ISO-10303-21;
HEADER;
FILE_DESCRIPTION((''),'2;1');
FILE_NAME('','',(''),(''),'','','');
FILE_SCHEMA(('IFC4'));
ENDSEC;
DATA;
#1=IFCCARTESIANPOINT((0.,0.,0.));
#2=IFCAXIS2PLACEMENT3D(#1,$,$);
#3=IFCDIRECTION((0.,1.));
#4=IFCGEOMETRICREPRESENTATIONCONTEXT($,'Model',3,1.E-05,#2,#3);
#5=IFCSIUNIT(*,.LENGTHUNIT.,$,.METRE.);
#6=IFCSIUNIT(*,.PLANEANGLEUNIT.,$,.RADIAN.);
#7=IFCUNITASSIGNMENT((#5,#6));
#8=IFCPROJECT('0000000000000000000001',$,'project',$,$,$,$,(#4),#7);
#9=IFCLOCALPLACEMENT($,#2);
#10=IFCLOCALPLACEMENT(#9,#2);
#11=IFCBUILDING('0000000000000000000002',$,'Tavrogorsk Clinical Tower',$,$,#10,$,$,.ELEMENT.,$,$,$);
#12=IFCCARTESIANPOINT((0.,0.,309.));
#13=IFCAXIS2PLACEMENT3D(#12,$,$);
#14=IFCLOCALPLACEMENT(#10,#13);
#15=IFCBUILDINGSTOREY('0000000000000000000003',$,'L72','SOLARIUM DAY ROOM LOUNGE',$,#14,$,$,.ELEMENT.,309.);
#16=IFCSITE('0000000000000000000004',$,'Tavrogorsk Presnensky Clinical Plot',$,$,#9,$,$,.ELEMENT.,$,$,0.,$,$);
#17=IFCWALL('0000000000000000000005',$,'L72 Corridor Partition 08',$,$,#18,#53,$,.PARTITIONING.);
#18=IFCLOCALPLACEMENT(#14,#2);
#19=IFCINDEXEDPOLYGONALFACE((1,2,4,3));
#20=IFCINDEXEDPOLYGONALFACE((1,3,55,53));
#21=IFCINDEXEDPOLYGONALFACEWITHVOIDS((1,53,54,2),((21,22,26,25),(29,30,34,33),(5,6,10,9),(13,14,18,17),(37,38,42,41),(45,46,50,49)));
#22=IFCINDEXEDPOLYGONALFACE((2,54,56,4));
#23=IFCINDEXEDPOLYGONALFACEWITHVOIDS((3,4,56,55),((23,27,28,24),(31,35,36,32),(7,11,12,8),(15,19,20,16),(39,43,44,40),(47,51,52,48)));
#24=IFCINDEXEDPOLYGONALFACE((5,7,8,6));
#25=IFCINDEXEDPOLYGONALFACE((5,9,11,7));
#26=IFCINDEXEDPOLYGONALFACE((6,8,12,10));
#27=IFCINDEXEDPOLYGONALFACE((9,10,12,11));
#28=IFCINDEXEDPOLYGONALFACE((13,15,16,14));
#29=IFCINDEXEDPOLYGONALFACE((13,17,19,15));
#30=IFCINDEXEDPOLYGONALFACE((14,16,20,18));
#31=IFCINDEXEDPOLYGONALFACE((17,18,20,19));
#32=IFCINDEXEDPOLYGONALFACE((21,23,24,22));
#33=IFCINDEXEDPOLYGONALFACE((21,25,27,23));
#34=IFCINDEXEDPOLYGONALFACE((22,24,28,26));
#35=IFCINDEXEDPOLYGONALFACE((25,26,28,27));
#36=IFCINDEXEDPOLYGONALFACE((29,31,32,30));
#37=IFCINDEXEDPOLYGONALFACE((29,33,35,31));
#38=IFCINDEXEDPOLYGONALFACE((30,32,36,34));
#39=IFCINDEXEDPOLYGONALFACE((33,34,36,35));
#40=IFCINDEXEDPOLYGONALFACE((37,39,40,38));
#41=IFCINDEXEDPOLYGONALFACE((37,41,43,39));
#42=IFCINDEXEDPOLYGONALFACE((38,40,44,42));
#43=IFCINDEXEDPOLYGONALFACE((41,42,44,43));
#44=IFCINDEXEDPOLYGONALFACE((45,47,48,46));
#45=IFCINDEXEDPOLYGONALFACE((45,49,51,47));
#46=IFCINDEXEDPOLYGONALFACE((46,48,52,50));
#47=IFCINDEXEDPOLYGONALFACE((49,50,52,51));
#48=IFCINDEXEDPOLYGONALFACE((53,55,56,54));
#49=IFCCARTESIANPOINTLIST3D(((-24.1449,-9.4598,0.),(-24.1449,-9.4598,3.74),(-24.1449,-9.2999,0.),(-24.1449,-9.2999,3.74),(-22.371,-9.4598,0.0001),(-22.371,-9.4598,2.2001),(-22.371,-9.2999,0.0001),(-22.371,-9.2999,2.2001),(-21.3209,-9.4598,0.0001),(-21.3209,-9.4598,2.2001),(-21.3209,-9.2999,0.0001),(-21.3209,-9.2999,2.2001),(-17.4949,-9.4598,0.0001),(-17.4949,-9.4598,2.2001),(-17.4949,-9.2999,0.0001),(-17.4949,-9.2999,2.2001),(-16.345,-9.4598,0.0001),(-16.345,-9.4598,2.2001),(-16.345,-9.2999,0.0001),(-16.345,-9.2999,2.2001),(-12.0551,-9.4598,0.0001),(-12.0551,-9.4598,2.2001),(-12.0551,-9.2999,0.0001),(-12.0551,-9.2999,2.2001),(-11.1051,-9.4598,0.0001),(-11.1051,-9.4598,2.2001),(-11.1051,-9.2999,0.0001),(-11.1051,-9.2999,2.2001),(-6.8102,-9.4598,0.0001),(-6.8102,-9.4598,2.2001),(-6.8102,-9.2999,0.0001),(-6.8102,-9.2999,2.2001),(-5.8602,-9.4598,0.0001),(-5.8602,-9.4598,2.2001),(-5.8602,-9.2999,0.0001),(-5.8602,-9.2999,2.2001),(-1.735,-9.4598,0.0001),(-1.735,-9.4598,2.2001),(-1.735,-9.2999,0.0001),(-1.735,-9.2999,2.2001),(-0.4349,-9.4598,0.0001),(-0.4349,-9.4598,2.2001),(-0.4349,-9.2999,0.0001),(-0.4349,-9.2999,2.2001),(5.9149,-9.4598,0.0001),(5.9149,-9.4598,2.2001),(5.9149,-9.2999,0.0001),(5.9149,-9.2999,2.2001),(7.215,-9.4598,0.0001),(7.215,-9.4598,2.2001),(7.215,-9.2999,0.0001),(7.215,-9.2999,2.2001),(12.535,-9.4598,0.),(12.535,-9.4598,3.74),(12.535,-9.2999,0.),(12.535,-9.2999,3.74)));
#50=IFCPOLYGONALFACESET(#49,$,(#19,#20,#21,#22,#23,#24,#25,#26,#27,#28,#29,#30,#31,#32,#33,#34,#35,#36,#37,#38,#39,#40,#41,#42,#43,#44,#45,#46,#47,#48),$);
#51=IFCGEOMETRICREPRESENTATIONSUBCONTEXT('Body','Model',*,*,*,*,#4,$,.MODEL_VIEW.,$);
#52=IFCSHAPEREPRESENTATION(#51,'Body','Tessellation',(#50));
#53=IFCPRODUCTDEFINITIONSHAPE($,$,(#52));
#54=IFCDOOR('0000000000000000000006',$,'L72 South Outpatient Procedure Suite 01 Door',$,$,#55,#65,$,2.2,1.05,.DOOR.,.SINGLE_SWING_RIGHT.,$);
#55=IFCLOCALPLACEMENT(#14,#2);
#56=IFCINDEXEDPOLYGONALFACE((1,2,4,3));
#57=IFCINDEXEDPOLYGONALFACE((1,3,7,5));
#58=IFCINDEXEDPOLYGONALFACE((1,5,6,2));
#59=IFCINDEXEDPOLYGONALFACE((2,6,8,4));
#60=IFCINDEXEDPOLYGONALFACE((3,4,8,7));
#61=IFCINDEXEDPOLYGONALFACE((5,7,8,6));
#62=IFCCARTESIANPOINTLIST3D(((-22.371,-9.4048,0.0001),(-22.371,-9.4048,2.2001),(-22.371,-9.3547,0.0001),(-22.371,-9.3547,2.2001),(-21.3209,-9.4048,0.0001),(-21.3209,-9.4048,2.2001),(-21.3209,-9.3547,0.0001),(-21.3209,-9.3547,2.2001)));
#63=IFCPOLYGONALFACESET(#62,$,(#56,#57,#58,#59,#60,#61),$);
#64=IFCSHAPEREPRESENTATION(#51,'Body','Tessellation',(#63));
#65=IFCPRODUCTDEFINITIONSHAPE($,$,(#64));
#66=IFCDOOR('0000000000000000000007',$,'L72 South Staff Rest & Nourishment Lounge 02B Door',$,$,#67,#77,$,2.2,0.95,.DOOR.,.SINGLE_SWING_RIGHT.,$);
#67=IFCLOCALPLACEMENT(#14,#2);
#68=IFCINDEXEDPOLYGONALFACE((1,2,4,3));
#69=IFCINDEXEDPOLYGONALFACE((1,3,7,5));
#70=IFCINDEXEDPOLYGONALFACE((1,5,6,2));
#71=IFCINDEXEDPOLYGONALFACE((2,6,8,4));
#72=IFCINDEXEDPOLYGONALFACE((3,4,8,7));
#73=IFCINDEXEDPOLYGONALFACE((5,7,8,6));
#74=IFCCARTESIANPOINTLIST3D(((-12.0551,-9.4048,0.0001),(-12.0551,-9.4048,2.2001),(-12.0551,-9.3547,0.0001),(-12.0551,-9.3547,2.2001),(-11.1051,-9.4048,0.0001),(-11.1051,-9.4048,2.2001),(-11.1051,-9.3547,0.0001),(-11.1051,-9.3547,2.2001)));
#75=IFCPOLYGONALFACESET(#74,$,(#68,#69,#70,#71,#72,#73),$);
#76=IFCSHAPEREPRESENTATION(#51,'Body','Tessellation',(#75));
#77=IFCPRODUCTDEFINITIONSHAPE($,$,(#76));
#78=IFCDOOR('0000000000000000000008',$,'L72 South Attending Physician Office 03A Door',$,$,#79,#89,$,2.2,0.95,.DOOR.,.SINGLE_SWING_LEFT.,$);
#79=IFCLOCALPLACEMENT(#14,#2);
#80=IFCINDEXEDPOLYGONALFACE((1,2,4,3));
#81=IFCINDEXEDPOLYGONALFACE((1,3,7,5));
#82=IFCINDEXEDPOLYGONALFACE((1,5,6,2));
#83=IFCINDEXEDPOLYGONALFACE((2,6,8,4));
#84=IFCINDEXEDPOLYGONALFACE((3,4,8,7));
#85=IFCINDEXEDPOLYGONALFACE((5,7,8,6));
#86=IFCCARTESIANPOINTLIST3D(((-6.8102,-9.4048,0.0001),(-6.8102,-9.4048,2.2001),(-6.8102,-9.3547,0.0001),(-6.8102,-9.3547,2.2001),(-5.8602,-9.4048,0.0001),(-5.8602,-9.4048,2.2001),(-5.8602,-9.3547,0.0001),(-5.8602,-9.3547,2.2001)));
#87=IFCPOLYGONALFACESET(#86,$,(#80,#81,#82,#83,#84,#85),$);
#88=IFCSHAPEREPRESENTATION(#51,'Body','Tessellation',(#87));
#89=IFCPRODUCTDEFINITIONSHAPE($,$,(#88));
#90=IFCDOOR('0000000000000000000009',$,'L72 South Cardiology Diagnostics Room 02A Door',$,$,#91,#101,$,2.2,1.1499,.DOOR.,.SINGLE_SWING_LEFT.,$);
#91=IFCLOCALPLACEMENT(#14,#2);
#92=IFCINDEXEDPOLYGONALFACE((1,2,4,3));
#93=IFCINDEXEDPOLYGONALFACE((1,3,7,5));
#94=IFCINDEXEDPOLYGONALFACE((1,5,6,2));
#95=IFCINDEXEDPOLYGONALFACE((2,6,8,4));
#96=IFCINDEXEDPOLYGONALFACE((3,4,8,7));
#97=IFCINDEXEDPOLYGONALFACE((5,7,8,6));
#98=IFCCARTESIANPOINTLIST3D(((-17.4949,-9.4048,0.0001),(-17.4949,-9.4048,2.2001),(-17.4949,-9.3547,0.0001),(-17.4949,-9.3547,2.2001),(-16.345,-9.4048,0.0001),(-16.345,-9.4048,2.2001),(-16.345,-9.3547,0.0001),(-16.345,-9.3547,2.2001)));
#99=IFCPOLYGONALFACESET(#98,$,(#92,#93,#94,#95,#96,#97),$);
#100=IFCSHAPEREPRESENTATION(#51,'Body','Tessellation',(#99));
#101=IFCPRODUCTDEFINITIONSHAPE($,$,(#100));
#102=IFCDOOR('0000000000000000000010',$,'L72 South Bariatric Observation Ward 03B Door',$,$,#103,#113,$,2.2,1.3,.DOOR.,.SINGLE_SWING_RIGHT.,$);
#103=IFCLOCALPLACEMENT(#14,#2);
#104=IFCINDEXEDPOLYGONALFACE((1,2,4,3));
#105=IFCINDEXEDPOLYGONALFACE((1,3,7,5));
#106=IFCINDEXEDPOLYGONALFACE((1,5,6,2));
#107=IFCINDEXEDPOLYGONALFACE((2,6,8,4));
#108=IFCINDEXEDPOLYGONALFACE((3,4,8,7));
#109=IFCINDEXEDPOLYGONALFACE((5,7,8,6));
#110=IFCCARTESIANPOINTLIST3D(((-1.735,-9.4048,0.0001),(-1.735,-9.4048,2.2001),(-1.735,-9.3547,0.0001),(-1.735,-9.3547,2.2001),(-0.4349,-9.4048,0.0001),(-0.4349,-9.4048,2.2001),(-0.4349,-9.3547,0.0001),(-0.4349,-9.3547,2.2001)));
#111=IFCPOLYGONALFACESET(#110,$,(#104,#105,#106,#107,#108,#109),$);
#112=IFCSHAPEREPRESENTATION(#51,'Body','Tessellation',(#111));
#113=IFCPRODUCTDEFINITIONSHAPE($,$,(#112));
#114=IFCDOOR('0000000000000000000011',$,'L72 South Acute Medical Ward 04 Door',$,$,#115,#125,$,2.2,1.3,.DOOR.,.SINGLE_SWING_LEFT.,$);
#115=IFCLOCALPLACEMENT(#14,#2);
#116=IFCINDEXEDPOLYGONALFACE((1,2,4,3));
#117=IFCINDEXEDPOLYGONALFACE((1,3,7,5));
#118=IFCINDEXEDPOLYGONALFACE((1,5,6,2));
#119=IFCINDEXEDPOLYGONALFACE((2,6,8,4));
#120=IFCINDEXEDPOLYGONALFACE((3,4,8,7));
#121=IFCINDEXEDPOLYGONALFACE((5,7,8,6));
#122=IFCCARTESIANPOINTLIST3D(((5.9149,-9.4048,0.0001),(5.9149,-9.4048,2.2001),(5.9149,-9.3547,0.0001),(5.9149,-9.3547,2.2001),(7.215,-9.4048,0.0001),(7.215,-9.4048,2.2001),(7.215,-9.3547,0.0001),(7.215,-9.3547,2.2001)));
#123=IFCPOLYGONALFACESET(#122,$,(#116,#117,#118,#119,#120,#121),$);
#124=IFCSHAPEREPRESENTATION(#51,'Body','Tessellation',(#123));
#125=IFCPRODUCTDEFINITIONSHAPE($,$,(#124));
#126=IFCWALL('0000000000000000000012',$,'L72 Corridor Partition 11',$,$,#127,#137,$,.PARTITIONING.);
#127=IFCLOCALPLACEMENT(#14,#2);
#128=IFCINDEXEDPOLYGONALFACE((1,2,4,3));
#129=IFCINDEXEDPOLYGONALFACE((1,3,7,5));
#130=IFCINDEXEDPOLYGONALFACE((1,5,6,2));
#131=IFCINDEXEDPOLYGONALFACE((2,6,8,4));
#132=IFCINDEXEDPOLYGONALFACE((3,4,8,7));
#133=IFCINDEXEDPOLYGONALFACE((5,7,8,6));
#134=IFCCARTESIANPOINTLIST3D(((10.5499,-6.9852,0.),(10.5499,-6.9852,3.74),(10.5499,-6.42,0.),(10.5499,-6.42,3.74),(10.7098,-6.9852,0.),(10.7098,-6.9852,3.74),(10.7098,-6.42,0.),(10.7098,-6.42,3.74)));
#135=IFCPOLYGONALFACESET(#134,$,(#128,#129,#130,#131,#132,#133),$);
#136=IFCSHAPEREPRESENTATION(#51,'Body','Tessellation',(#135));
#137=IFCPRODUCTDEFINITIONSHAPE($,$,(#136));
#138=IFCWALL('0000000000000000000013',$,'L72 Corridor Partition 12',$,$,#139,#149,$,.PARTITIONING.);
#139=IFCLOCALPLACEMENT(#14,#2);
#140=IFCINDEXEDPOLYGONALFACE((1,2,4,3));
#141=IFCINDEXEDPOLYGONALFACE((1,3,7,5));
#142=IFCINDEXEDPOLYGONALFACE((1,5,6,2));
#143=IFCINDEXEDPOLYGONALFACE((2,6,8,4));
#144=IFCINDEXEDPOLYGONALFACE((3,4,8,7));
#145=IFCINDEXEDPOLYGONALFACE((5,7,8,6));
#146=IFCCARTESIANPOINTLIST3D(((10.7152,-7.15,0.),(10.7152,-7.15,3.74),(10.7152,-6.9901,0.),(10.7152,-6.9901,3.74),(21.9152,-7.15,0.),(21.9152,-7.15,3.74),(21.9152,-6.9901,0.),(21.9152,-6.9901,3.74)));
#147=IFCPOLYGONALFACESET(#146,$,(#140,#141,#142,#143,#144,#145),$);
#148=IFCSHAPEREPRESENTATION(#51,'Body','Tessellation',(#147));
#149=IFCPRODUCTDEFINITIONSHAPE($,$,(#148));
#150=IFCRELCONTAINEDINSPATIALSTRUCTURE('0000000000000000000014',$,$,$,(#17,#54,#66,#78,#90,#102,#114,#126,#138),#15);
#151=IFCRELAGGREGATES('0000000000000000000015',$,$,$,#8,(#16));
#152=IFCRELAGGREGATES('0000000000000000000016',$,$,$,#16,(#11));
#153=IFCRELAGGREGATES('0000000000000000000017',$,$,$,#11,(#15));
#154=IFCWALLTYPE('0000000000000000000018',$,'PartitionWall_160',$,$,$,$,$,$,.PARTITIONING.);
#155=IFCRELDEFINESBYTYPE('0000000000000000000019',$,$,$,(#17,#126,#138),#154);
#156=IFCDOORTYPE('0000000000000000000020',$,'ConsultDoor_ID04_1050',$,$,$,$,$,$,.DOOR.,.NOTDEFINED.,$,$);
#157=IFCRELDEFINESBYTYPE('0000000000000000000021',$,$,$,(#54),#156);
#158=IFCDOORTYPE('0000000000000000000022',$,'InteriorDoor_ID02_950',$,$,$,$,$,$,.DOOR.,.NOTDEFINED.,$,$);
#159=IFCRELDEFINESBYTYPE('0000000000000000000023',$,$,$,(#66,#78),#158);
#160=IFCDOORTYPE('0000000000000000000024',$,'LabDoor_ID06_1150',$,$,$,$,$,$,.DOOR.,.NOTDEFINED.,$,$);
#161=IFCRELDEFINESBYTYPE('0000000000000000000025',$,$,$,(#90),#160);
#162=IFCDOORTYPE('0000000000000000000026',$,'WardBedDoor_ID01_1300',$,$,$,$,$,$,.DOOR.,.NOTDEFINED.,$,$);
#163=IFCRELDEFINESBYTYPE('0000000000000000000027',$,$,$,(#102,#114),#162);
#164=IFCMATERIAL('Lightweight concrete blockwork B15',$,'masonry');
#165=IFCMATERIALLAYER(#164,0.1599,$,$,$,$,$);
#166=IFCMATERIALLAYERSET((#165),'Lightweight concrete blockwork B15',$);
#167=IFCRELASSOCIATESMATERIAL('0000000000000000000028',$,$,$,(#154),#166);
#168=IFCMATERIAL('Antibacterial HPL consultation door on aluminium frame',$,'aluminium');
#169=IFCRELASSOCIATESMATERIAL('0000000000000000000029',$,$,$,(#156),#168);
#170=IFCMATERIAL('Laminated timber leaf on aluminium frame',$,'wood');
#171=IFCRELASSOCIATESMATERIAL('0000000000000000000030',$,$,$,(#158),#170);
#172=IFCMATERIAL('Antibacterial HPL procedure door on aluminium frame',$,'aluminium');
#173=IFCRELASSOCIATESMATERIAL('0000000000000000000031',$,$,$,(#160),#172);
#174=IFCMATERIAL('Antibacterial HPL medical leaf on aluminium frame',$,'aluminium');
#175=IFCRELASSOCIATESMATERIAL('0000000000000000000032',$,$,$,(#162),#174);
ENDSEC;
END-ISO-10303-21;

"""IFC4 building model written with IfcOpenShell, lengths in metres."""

from ifc_helpers import new_model, si_unit, direction, frame, frame_2d, origin, place, context, subcontext, project, spatial, rectangle, extrude, material, layer, layer_set, type_object, element, fill, save


model = new_model("IFC4")

# Units and contexts
model_context = context("Model", 3, precision=1e-05, world=origin(), true_north=direction((0.0, 1.0)))
body_context = subcontext(model_context, "Body", "Model", "MODEL_VIEW")
ifc_project = project(units=[si_unit("LENGTHUNIT", "METRE"), si_unit("PLANEANGLEUNIT", "RADIAN")], contexts=[model_context])

# Site, building, storey
site_placement = place(None, origin())
site = spatial("IfcSite", under=ifc_project, at=site_placement, Name="Tavrogorsk Presnensky Clinical Plot", CompositionType="ELEMENT", RefElevation=0.0)
building_placement = place(site_placement, origin())
building = spatial("IfcBuilding", under=site, at=building_placement, Name="Tavrogorsk Clinical Tower", CompositionType="ELEMENT")
storey_placement = place(building_placement, frame((0.0, 0.0, 309.0)))
storey = spatial("IfcBuildingStorey", under=building, at=storey_placement, Name="L72", Description="SOLARIUM DAY ROOM LOUNGE", CompositionType="ELEMENT", Elevation=309.0)

# Shared definitions
ifc_material_1 = material(Name="Lightweight concrete blockwork B15", Category="masonry")
ifc_layer_1 = layer(ifc_material_1, 0.1599)
ifc_layer_set_1 = layer_set([ifc_layer_1], Name="Lightweight concrete blockwork B15")
wall_type_1 = type_object("IfcWallType", Name="PartitionWall_160", PredefinedType="PARTITIONING", material=ifc_layer_set_1)

# Wall, openings, doors
wall_1_placement = place(storey_placement, frame((12.5349, -9.3799, 0.0), z_axis=(0.0, 0.0, 1.0), x_axis=(-1.0, 0.0, 0.0)))
wall_1 = element("IfcWall", 1, at=wall_1_placement, inside=storey, type_object=wall_type_1, Name="L72 Corridor Partition 08", PredefinedType="PARTITIONING", context=body_context, shape_type="SweptSolid", body=[
    extrude(rectangle(XDim=36.6799, YDim=0.1599, at=frame_2d((18.3398, 0.0))), origin(), (0.0, 0.0, 1.0), 3.74),
])
opening_1_placement = place(wall_1_placement, frame((33.856, 0.0, 0.0)))
opening_1 = element("IfcOpeningElement", 2, at=opening_1_placement, cuts=wall_1, PredefinedType="OPENING", context=body_context, shape_type="SweptSolid", body=[
    extrude(rectangle(XDim=1.05, YDim=2.2, at=frame_2d((0.5249, 1.1001))), frame((0.0, 0.0898, 0.0), z_axis=(0.0, -1.0, 0.0), x_axis=(1.0, 0.0, 0.0)), (0.0, 0.0, 1.0), 0.1799),
])
opening_2_placement = place(wall_1_placement, frame((28.8799, 0.0, 0.0)))
opening_2 = element("IfcOpeningElement", 3, at=opening_2_placement, cuts=wall_1, PredefinedType="OPENING", context=body_context, shape_type="SweptSolid", body=[
    extrude(rectangle(XDim=1.1499, YDim=2.2, at=frame_2d((0.575, 1.1001))), frame((0.0, 0.0898, 0.0), z_axis=(0.0, -1.0, 0.0), x_axis=(1.0, 0.0, 0.0)), (0.0, 0.0, 1.0), 0.1799),
])
opening_3_placement = place(wall_1_placement, frame((23.6399, 0.0, 0.0)))
opening_3 = element("IfcOpeningElement", 4, at=opening_3_placement, cuts=wall_1, PredefinedType="OPENING", context=body_context, shape_type="SweptSolid", body=[
    extrude(rectangle(XDim=0.95, YDim=2.2, at=frame_2d((0.4751, 1.1001))), frame((0.0, 0.0898, 0.0), z_axis=(0.0, -1.0, 0.0), x_axis=(1.0, 0.0, 0.0)), (0.0, 0.0, 1.0), 0.1799),
])
opening_4_placement = place(wall_1_placement, frame((18.395, 0.0, 0.0)))
opening_4 = element("IfcOpeningElement", 5, at=opening_4_placement, cuts=wall_1, PredefinedType="OPENING", context=body_context, shape_type="SweptSolid", body=[
    extrude(rectangle(XDim=0.95, YDim=2.2, at=frame_2d((0.4751, 1.1001))), frame((0.0, 0.0898, 0.0), z_axis=(0.0, -1.0, 0.0), x_axis=(1.0, 0.0, 0.0)), (0.0, 0.0, 1.0), 0.1799),
])
opening_5_placement = place(wall_1_placement, frame((12.97, 0.0, 0.0)))
opening_5 = element("IfcOpeningElement", 6, at=opening_5_placement, cuts=wall_1, PredefinedType="OPENING", context=body_context, shape_type="SweptSolid", body=[
    extrude(rectangle(XDim=1.3, YDim=2.2, at=frame_2d((0.6499, 1.1001))), frame((0.0, 0.0898, 0.0), z_axis=(0.0, -1.0, 0.0), x_axis=(1.0, 0.0, 0.0)), (0.0, 0.0, 1.0), 0.1799),
])
opening_6_placement = place(wall_1_placement, frame((5.3201, 0.0, 0.0)))
opening_6 = element("IfcOpeningElement", 7, at=opening_6_placement, cuts=wall_1, PredefinedType="OPENING", context=body_context, shape_type="SweptSolid", body=[
    extrude(rectangle(XDim=1.3, YDim=2.2, at=frame_2d((0.6499, 1.1001))), frame((0.0, 0.0898, 0.0), z_axis=(0.0, -1.0, 0.0), x_axis=(1.0, 0.0, 0.0)), (0.0, 0.0, 1.0), 0.1799),
])
ifc_material_2 = material(Name="Antibacterial HPL consultation door on aluminium frame", Category="aluminium")
door_type_1 = type_object("IfcDoorType", Name="ConsultDoor_ID04_1050", OperationType="NOTDEFINED", PredefinedType="DOOR", material=ifc_material_2)
door_1_placement = place(opening_1_placement, origin())
door_1 = element("IfcDoor", 8, at=door_1_placement, inside=storey, type_object=door_type_1, Name="L72 South Outpatient Procedure Suite 01 Door", OperationType="SINGLE_SWING_RIGHT", OverallHeight=2.2, OverallWidth=1.05, PredefinedType="DOOR", context=body_context, shape_type="SweptSolid", body=[
    extrude(rectangle(XDim=1.05, YDim=2.2, at=frame_2d((0.5249, 1.1001))), frame((0.0, 0.0249, 0.0), z_axis=(0.0, -1.0, 0.0), x_axis=(1.0, 0.0, 0.0)), (0.0, 0.0, 1.0), 0.05),
])
fill(opening_1, door_1)
ifc_material_3 = material(Name="Laminated timber leaf on aluminium frame", Category="wood")
door_type_2 = type_object("IfcDoorType", Name="InteriorDoor_ID02_950", OperationType="NOTDEFINED", PredefinedType="DOOR", material=ifc_material_3)
door_2_placement = place(opening_3_placement, origin())
door_2 = element("IfcDoor", 9, at=door_2_placement, inside=storey, type_object=door_type_2, Name="L72 South Staff Rest & Nourishment Lounge 02B Door", OperationType="SINGLE_SWING_RIGHT", OverallHeight=2.2, OverallWidth=0.95, PredefinedType="DOOR", context=body_context, shape_type="SweptSolid", body=[
    extrude(rectangle(XDim=0.95, YDim=2.2, at=frame_2d((0.4751, 1.1001))), frame((0.0, 0.0249, 0.0), z_axis=(0.0, -1.0, 0.0), x_axis=(1.0, 0.0, 0.0)), (0.0, 0.0, 1.0), 0.05),
])
fill(opening_3, door_2)
door_3_placement = place(opening_4_placement, origin())
door_3 = element("IfcDoor", 10, at=door_3_placement, inside=storey, type_object=door_type_2, Name="L72 South Attending Physician Office 03A Door", OperationType="SINGLE_SWING_LEFT", OverallHeight=2.2, OverallWidth=0.95, PredefinedType="DOOR", context=body_context, shape_type="SweptSolid", body=[
    extrude(rectangle(XDim=0.95, YDim=2.2, at=frame_2d((0.4751, 1.1001))), frame((0.0, 0.0249, 0.0), z_axis=(0.0, -1.0, 0.0), x_axis=(1.0, 0.0, 0.0)), (0.0, 0.0, 1.0), 0.05),
])
fill(opening_4, door_3)
ifc_material_4 = material(Name="Antibacterial HPL procedure door on aluminium frame", Category="aluminium")
door_type_3 = type_object("IfcDoorType", Name="LabDoor_ID06_1150", OperationType="NOTDEFINED", PredefinedType="DOOR", material=ifc_material_4)
door_4_placement = place(opening_2_placement, origin())
door_4 = element("IfcDoor", 11, at=door_4_placement, inside=storey, type_object=door_type_3, Name="L72 South Cardiology Diagnostics Room 02A Door", OperationType="SINGLE_SWING_LEFT", OverallHeight=2.2, OverallWidth=1.1499, PredefinedType="DOOR", context=body_context, shape_type="SweptSolid", body=[
    extrude(rectangle(XDim=1.1499, YDim=2.2, at=frame_2d((0.575, 1.1001))), frame((0.0, 0.0249, 0.0), z_axis=(0.0, -1.0, 0.0), x_axis=(1.0, 0.0, 0.0)), (0.0, 0.0, 1.0), 0.05),
])
fill(opening_2, door_4)
ifc_material_5 = material(Name="Antibacterial HPL medical leaf on aluminium frame", Category="aluminium")
door_type_4 = type_object("IfcDoorType", Name="WardBedDoor_ID01_1300", OperationType="NOTDEFINED", PredefinedType="DOOR", material=ifc_material_5)
door_5_placement = place(opening_5_placement, origin())
door_5 = element("IfcDoor", 12, at=door_5_placement, inside=storey, type_object=door_type_4, Name="L72 South Bariatric Observation Ward 03B Door", OperationType="SINGLE_SWING_RIGHT", OverallHeight=2.2, OverallWidth=1.3, PredefinedType="DOOR", context=body_context, shape_type="SweptSolid", body=[
    extrude(rectangle(XDim=1.3, YDim=2.2, at=frame_2d((0.6499, 1.1001))), frame((0.0, 0.0249, 0.0), z_axis=(0.0, -1.0, 0.0), x_axis=(1.0, 0.0, 0.0)), (0.0, 0.0, 1.0), 0.05),
])
fill(opening_5, door_5)
door_6_placement = place(opening_6_placement, origin())
door_6 = element("IfcDoor", 13, at=door_6_placement, inside=storey, type_object=door_type_4, Name="L72 South Acute Medical Ward 04 Door", OperationType="SINGLE_SWING_LEFT", OverallHeight=2.2, OverallWidth=1.3, PredefinedType="DOOR", context=body_context, shape_type="SweptSolid", body=[
    extrude(rectangle(XDim=1.3, YDim=2.2, at=frame_2d((0.6499, 1.1001))), frame((0.0, 0.0249, 0.0), z_axis=(0.0, -1.0, 0.0), x_axis=(1.0, 0.0, 0.0)), (0.0, 0.0, 1.0), 0.05),
])
fill(opening_6, door_6)

# Walls
wall_2_placement = place(storey_placement, frame((10.6299, -6.4199, 0.0), z_axis=(0.0, 0.0, 1.0), x_axis=(0.0, -1.0, 0.0)))
element("IfcWall", 14, at=wall_2_placement, inside=storey, type_object=wall_type_1, Name="L72 Corridor Partition 11", PredefinedType="PARTITIONING", context=body_context, shape_type="SweptSolid", body=[
    extrude(rectangle(XDim=0.5652, YDim=0.1599, at=frame_2d((0.2827, 0.0))), origin(), (0.0, 0.0, 1.0), 3.74),
])
wall_3_placement = place(storey_placement, frame((10.7151, -7.0701, 0.0), z_axis=(0.0, 0.0, 1.0), x_axis=(1.0, 0.0, 0.0)))
element("IfcWall", 15, at=wall_3_placement, inside=storey, type_object=wall_type_1, Name="L72 Corridor Partition 12", PredefinedType="PARTITIONING", context=body_context, shape_type="SweptSolid", body=[
    extrude(rectangle(XDim=11.2, YDim=0.1599, at=frame_2d((5.6001, 0.0))), origin(), (0.0, 0.0, 1.0), 3.74),
])

save(model, "model.ifc")
